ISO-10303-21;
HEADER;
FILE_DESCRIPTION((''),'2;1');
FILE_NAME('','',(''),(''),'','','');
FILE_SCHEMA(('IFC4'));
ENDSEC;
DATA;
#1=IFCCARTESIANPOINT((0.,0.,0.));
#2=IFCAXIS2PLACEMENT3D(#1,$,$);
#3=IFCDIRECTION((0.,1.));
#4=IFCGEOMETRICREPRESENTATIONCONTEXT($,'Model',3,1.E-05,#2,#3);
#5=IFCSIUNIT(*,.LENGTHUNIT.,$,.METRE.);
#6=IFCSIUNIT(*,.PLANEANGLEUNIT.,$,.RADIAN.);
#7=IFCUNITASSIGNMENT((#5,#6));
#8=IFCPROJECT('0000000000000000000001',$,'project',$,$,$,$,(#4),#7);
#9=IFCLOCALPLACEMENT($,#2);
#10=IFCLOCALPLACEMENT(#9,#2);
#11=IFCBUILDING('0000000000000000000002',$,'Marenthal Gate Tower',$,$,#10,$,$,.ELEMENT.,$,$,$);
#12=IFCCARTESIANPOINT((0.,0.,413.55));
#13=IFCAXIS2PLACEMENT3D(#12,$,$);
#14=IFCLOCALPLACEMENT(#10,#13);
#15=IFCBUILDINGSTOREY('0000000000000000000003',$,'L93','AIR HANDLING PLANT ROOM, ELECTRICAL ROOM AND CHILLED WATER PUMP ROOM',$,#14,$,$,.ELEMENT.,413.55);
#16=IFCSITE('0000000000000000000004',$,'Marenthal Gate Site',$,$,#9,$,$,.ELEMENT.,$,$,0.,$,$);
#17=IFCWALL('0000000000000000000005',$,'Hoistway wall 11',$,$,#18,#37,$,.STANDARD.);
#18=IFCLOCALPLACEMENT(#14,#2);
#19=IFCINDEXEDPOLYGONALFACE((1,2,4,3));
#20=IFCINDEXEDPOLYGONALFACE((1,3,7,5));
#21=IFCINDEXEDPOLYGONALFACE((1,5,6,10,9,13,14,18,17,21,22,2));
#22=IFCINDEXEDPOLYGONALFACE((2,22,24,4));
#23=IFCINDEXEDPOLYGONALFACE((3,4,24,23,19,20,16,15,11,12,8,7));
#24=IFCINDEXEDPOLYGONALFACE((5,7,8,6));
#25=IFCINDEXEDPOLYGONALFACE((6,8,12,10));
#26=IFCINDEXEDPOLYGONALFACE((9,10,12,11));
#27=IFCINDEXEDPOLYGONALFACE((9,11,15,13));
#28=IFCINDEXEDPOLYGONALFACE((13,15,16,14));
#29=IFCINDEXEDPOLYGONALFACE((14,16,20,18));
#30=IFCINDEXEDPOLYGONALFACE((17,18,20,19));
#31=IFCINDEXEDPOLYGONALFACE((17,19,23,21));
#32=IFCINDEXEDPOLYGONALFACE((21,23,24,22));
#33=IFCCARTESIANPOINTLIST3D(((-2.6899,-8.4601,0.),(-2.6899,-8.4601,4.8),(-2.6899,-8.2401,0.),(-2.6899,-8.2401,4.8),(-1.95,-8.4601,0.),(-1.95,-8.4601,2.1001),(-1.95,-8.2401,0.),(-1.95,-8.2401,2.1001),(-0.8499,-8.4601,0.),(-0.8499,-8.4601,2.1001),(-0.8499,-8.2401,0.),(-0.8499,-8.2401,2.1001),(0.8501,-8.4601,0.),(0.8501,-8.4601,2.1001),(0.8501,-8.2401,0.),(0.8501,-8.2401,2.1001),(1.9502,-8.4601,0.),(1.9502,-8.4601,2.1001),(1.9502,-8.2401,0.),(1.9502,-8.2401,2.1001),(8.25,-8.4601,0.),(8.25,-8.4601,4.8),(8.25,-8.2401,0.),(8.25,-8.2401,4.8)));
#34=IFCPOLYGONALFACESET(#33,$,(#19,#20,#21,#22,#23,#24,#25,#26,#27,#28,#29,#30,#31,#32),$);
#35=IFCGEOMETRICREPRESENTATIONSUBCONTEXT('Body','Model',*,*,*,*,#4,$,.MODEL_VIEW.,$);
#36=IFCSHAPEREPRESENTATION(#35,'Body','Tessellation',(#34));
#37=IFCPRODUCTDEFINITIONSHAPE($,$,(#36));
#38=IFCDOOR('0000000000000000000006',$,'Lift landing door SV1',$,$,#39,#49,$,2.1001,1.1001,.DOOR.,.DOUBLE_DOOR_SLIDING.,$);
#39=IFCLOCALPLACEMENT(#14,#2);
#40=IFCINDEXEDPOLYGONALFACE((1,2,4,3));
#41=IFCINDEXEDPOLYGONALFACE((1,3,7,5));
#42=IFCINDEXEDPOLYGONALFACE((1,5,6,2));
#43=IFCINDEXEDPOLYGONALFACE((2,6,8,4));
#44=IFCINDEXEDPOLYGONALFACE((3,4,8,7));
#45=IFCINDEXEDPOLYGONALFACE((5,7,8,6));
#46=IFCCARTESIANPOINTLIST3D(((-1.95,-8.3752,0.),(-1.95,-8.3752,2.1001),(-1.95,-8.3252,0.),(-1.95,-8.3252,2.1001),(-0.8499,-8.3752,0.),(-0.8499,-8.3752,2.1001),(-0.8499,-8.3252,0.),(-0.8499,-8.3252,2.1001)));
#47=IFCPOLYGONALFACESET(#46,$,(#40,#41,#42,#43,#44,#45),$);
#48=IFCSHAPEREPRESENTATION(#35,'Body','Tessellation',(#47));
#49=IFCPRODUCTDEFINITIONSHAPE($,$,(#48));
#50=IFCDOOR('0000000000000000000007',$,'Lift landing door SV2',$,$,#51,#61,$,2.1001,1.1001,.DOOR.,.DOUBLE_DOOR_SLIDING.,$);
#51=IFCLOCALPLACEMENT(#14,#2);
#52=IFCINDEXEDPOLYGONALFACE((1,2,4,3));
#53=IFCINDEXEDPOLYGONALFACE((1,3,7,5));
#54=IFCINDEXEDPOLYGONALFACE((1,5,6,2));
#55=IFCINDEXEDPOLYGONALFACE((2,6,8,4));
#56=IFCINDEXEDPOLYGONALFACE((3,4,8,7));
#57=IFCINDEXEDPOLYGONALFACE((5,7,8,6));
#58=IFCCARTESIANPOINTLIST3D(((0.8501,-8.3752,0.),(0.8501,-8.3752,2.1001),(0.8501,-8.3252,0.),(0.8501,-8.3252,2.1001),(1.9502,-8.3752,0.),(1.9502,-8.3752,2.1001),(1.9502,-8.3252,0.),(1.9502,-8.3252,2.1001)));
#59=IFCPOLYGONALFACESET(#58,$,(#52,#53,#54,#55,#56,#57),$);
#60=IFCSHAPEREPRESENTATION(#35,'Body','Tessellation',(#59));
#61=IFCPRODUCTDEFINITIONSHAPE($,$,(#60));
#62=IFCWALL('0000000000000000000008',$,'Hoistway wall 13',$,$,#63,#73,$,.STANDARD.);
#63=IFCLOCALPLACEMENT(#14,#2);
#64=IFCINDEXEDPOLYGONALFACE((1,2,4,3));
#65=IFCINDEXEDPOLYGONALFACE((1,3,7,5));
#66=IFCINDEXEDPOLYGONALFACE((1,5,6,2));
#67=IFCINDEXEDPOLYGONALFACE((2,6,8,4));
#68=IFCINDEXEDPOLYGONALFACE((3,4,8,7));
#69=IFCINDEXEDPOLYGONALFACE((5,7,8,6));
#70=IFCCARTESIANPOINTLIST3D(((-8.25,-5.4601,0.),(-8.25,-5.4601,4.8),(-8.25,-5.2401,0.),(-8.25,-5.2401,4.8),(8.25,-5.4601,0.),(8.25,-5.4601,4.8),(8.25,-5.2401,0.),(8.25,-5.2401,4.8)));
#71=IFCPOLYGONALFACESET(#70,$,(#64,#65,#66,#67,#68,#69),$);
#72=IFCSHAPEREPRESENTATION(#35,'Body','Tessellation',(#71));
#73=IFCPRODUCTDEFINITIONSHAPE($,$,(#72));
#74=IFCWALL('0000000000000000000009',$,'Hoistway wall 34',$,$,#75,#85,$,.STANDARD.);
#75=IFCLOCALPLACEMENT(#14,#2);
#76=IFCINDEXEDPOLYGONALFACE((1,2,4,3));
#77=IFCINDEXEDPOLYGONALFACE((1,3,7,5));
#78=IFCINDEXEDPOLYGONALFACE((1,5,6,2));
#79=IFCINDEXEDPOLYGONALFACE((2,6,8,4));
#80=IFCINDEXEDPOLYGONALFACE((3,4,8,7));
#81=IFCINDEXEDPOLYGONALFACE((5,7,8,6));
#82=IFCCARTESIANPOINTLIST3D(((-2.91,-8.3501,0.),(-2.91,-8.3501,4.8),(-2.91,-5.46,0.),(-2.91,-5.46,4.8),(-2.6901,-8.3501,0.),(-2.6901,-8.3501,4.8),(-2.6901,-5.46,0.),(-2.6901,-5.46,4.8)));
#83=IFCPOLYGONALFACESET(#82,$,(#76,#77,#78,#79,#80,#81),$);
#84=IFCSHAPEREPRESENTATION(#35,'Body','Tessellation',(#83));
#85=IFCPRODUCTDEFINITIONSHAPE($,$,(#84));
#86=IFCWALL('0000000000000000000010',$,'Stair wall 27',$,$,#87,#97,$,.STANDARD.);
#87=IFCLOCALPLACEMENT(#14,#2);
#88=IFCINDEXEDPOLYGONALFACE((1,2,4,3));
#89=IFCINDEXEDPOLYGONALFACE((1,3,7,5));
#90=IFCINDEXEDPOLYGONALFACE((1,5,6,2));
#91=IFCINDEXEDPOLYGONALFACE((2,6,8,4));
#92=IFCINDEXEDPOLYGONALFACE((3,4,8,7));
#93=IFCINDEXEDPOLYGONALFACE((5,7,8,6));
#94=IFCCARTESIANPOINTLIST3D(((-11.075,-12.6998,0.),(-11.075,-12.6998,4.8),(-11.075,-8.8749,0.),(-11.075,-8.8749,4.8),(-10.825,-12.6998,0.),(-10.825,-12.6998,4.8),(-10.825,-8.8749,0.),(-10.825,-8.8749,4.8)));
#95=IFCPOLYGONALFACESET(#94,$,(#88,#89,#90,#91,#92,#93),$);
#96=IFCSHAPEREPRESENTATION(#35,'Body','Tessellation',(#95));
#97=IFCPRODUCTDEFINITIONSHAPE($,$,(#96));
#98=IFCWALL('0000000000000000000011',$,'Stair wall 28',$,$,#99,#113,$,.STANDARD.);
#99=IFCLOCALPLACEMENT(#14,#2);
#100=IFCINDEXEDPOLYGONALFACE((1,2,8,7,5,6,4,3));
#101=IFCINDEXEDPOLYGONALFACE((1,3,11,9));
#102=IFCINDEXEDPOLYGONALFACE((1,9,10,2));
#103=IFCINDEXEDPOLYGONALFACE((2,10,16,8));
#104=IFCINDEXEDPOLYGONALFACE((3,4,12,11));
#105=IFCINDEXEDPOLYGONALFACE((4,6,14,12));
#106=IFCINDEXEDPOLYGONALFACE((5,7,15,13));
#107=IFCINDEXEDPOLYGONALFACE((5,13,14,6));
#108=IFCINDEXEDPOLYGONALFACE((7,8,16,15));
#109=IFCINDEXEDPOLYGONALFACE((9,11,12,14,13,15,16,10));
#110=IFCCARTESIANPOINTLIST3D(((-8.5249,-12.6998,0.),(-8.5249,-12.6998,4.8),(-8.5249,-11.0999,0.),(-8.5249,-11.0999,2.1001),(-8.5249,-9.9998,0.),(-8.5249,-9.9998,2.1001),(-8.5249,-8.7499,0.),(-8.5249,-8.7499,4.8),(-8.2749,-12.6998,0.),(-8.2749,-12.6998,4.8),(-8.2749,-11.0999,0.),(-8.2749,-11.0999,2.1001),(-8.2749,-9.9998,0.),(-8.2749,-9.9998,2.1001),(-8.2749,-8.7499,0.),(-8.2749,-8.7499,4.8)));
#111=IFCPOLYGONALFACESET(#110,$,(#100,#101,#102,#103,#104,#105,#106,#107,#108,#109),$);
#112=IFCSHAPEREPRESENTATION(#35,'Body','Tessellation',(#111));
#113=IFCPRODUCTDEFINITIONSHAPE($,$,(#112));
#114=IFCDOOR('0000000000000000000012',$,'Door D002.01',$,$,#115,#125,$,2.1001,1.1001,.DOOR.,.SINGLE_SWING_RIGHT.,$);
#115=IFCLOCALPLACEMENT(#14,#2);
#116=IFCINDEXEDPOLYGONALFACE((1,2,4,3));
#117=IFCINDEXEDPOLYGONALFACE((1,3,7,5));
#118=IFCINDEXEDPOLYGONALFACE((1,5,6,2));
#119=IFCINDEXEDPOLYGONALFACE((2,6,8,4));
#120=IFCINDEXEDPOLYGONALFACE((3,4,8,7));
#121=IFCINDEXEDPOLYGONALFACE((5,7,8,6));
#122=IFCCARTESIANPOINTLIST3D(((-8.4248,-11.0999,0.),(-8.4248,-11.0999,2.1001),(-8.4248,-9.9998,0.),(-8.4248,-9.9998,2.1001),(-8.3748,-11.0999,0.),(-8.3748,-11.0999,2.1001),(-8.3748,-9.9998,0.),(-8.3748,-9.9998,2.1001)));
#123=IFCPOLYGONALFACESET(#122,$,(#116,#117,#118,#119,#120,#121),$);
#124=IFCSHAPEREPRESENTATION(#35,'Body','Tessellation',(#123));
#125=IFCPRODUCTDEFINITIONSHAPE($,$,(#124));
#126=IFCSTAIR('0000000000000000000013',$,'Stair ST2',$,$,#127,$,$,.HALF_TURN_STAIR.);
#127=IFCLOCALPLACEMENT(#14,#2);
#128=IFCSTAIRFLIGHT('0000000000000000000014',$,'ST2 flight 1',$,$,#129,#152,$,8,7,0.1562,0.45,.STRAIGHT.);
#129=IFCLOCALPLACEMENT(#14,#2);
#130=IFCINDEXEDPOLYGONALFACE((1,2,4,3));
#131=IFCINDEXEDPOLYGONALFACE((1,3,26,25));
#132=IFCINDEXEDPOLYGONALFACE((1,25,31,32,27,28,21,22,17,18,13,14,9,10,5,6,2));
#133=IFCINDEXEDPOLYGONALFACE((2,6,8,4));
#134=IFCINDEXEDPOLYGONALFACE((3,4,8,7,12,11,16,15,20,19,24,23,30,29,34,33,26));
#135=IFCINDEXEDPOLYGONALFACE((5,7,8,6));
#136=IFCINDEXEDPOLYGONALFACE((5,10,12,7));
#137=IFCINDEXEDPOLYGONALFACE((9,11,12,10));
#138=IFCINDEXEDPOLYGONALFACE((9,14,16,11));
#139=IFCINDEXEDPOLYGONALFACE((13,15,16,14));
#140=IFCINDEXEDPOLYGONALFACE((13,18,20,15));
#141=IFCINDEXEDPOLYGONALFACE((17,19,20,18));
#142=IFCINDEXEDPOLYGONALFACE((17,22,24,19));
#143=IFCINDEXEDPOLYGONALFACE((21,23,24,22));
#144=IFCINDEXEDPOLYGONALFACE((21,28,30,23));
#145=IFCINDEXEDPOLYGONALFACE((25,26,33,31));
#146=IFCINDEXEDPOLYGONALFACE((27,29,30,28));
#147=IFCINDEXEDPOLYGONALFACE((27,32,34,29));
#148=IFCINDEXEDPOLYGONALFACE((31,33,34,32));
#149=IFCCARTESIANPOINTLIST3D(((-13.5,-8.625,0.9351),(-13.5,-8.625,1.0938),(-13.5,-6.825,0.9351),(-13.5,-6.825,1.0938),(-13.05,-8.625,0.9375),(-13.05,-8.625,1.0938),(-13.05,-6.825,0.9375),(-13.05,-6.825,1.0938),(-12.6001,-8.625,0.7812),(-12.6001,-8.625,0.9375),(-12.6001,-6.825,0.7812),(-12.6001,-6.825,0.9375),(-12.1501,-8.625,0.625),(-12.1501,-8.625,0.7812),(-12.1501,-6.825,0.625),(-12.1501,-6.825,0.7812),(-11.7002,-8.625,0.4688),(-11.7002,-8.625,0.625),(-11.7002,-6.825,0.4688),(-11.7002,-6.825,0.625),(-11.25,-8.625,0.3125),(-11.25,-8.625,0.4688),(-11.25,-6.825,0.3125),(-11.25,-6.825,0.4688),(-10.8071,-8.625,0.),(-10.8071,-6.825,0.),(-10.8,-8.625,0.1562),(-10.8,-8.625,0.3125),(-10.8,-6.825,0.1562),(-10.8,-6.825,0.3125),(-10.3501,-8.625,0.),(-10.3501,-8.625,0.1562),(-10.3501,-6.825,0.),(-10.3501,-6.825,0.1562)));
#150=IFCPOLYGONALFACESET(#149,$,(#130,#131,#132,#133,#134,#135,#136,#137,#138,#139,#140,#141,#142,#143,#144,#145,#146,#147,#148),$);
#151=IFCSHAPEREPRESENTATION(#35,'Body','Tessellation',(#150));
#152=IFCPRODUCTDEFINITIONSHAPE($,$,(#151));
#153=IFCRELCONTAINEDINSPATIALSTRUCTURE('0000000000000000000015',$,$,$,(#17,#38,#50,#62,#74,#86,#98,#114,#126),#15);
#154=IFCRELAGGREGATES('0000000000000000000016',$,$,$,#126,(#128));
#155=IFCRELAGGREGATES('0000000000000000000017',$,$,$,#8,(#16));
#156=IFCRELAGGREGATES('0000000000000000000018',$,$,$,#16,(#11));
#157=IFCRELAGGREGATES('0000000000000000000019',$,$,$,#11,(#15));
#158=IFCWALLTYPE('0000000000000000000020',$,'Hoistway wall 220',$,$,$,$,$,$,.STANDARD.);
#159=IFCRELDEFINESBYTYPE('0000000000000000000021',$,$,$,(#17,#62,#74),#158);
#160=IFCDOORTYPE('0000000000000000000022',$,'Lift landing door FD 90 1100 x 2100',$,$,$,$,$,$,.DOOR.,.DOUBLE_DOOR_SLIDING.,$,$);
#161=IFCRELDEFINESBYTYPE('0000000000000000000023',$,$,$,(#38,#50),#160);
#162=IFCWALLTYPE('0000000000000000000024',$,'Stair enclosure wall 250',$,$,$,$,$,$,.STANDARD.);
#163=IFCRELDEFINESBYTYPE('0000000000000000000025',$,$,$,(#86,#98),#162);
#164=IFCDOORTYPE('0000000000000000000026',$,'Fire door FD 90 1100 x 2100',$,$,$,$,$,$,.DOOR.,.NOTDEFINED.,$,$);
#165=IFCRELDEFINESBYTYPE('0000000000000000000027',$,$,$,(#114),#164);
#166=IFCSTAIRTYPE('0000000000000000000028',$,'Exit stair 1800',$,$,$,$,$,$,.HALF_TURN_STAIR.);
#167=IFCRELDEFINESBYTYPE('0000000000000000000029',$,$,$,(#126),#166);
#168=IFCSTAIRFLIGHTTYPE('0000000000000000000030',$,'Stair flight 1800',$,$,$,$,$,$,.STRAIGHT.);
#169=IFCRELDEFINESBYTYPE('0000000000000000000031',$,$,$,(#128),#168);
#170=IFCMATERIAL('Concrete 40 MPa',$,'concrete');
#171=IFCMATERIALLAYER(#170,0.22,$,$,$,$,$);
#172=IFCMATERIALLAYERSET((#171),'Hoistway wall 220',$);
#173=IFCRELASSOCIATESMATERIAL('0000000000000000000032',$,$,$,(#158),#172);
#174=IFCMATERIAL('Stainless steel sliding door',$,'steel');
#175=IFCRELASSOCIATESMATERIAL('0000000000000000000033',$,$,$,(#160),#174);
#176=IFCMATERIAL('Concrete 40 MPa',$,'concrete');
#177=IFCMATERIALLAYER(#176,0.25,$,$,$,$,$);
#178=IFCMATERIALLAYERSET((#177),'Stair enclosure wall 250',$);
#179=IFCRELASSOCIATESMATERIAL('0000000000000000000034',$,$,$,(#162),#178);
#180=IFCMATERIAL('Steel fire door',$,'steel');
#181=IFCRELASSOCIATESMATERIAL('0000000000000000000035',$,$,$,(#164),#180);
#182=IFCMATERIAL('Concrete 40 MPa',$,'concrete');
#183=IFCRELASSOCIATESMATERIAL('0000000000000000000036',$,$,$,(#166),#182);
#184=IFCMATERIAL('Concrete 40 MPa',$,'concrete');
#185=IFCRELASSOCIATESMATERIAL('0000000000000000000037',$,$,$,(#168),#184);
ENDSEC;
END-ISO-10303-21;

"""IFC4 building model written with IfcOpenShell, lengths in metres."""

from ifc_helpers import new_model, si_unit, direction, frame, frame_2d, origin, place, context, subcontext, project, spatial, polyline, rectangle, outline, extrude, material, layer, layer_set, type_object, element, fill, aggregate, save


model = new_model("IFC4")

# Units and contexts
model_context = context("Model", 3, precision=1e-05, world=origin(), true_north=direction((0.0, 1.0)))
body_context = subcontext(model_context, "Body", "Model", "MODEL_VIEW")
ifc_project = project(units=[si_unit("LENGTHUNIT", "METRE"), si_unit("PLANEANGLEUNIT", "RADIAN")], contexts=[model_context])

# Site, building, storey
site_placement = place(None, origin())
site = spatial("IfcSite", under=ifc_project, at=site_placement, Name="Marenthal Gate Site", CompositionType="ELEMENT", RefElevation=0.0)
building_placement = place(site_placement, origin())
building = spatial("IfcBuilding", under=site, at=building_placement, Name="Marenthal Gate Tower", CompositionType="ELEMENT")
storey_placement = place(building_placement, frame((0.0, 0.0, 413.55)))
storey = spatial("IfcBuildingStorey", under=building, at=storey_placement, Name="L93", Description="AIR HANDLING PLANT ROOM, ELECTRICAL ROOM AND CHILLED WATER PUMP ROOM", CompositionType="ELEMENT", Elevation=413.55)

# Wall, openings, doors
ifc_material_1 = material(Name="Concrete 40 MPa", Category="concrete")
ifc_layer_1 = layer(ifc_material_1, 0.22)
ifc_layer_set_1 = layer_set([ifc_layer_1], Name="Hoistway wall 220")
wall_type_1 = type_object("IfcWallType", Name="Hoistway wall 220", PredefinedType="STANDARD", material=ifc_layer_set_1)
ifc_material_2 = material(Name="Stainless steel sliding door", Category="steel")
door_type_1 = type_object("IfcDoorType", Name="Lift landing door FD 90 1100 x 2100", OperationType="DOUBLE_DOOR_SLIDING", PredefinedType="DOOR", material=ifc_material_2)
wall_1_placement = place(storey_placement, frame((-2.6899, -8.3501, 0.0), z_axis=(0.0, 0.0, 1.0), x_axis=(1.0, 0.0, 0.0)))
wall_1 = element("IfcWall", 1, at=wall_1_placement, inside=storey, type_object=wall_type_1, Name="Hoistway wall 11", PredefinedType="STANDARD", context=body_context, shape_type="SweptSolid", body=[
    extrude(rectangle(XDim=10.9399, YDim=0.22, at=frame_2d((5.47, 0.0))), origin(), (0.0, 0.0, 1.0), 4.8),
])
opening_1_placement = place(wall_1_placement, frame((0.74, 0.0, 0.0)))
opening_1 = element("IfcOpeningElement", 2, at=opening_1_placement, cuts=wall_1, PredefinedType="OPENING", context=body_context, shape_type="SweptSolid", body=[
    extrude(rectangle(XDim=1.1001, YDim=2.1001, at=frame_2d((0.55, 1.05))), frame((0.0, 0.1201, 0.0), z_axis=(0.0, -1.0, 0.0), x_axis=(1.0, 0.0, 0.0)), (0.0, 0.0, 1.0), 0.24),
])
opening_2_placement = place(wall_1_placement, frame((3.54, 0.0, 0.0)))
opening_2 = element("IfcOpeningElement", 3, at=opening_2_placement, cuts=wall_1, PredefinedType="OPENING", context=body_context, shape_type="SweptSolid", body=[
    extrude(rectangle(XDim=1.1001, YDim=2.1001, at=frame_2d((0.55, 1.05))), frame((0.0, 0.1201, 0.0), z_axis=(0.0, -1.0, 0.0), x_axis=(1.0, 0.0, 0.0)), (0.0, 0.0, 1.0), 0.24),
])
door_1_placement = place(opening_1_placement, origin())
door_1 = element("IfcDoor", 4, at=door_1_placement, inside=storey, type_object=door_type_1, Name="Lift landing door SV1", OperationType="DOUBLE_DOOR_SLIDING", OverallHeight=2.1001, OverallWidth=1.1001, PredefinedType="DOOR", context=body_context, shape_type="SweptSolid", body=[
    extrude(rectangle(XDim=1.1001, YDim=2.1001, at=frame_2d((0.55, 1.05))), frame((0.0, 0.0249, 0.0), z_axis=(0.0, -1.0, 0.0), x_axis=(1.0, 0.0, 0.0)), (0.0, 0.0, 1.0), 0.05),
])
fill(opening_1, door_1)
door_2_placement = place(opening_2_placement, origin())
door_2 = element("IfcDoor", 5, at=door_2_placement, inside=storey, type_object=door_type_1, Name="Lift landing door SV2", OperationType="DOUBLE_DOOR_SLIDING", OverallHeight=2.1001, OverallWidth=1.1001, PredefinedType="DOOR", context=body_context, shape_type="SweptSolid", body=[
    extrude(rectangle(XDim=1.1001, YDim=2.1001, at=frame_2d((0.55, 1.05))), frame((0.0, 0.0249, 0.0), z_axis=(0.0, -1.0, 0.0), x_axis=(1.0, 0.0, 0.0)), (0.0, 0.0, 1.0), 0.05),
])
fill(opening_2, door_2)

# Walls
wall_2_placement = place(storey_placement, frame((-8.25, -5.3501, 0.0), z_axis=(0.0, 0.0, 1.0), x_axis=(1.0, 0.0, 0.0)))
element("IfcWall", 6, at=wall_2_placement, inside=storey, type_object=wall_type_1, Name="Hoistway wall 13", PredefinedType="STANDARD", context=body_context, shape_type="SweptSolid", body=[
    extrude(rectangle(XDim=16.5, YDim=0.22, at=frame_2d((8.25, 0.0))), origin(), (0.0, 0.0, 1.0), 4.8),
])
wall_3_placement = place(storey_placement, frame((-2.8, -8.3501, 0.0), z_axis=(0.0, 0.0, 1.0), x_axis=(0.0, 1.0, 0.0)))
element("IfcWall", 7, at=wall_3_placement, inside=storey, type_object=wall_type_1, Name="Hoistway wall 34", PredefinedType="STANDARD", context=body_context, shape_type="SweptSolid", body=[
    extrude(rectangle(XDim=2.8901, YDim=0.22, at=frame_2d((1.4451, 0.0))), origin(), (0.0, 0.0, 1.0), 4.8),
])
ifc_material_3 = material(Name="Concrete 40 MPa", Category="concrete")
ifc_layer_2 = layer(ifc_material_3, 0.25)
ifc_layer_set_2 = layer_set([ifc_layer_2], Name="Stair enclosure wall 250")
wall_type_2 = type_object("IfcWallType", Name="Stair enclosure wall 250", PredefinedType="STANDARD", material=ifc_layer_set_2)
wall_4_placement = place(storey_placement, frame((-10.95, -12.7, 0.0), z_axis=(0.0, 0.0, 1.0), x_axis=(0.0, 1.0, 0.0)))
element("IfcWall", 8, at=wall_4_placement, inside=storey, type_object=wall_type_2, Name="Stair wall 27", PredefinedType="STANDARD", context=body_context, shape_type="SweptSolid", body=[
    extrude(rectangle(XDim=3.825, YDim=0.25, at=frame_2d((1.9126, 0.0))), origin(), (0.0, 0.0, 1.0), 4.8),
])

# Wall, opening, door
wall_5_placement = place(storey_placement, frame((-8.3999, -12.7, 0.0), z_axis=(0.0, 0.0, 1.0), x_axis=(0.0, 1.0, 0.0)))
wall_5 = element("IfcWall", 9, at=wall_5_placement, inside=storey, type_object=wall_type_2, Name="Stair wall 28", PredefinedType="STANDARD", context=body_context, shape_type="SweptSolid", body=[
    extrude(rectangle(XDim=3.95, YDim=0.25, at=frame_2d((1.9751, 0.0))), origin(), (0.0, 0.0, 1.0), 4.8),
])
opening_3_placement = place(wall_5_placement, frame((1.6001, 0.0, 0.0)))
opening_3 = element("IfcOpeningElement", 10, at=opening_3_placement, cuts=wall_5, PredefinedType="OPENING", context=body_context, shape_type="SweptSolid", body=[
    extrude(rectangle(XDim=1.1001, YDim=2.1001, at=frame_2d((0.55, 1.05))), frame((0.0, 0.135, 0.0), z_axis=(0.0, -1.0, 0.0), x_axis=(1.0, 0.0, 0.0)), (0.0, 0.0, 1.0), 0.27),
])
ifc_material_4 = material(Name="Steel fire door", Category="steel")
door_type_2 = type_object("IfcDoorType", Name="Fire door FD 90 1100 x 2100", OperationType="NOTDEFINED", PredefinedType="DOOR", material=ifc_material_4)
door_3_placement = place(opening_3_placement, origin())
door_3 = element("IfcDoor", 11, at=door_3_placement, inside=storey, type_object=door_type_2, Name="Door D002.01", OperationType="SINGLE_SWING_RIGHT", OverallHeight=2.1001, OverallWidth=1.1001, PredefinedType="DOOR", context=body_context, shape_type="SweptSolid", body=[
    extrude(rectangle(XDim=1.1001, YDim=2.1001, at=frame_2d((0.55, 1.05))), frame((0.0, 0.0249, 0.0), z_axis=(0.0, -1.0, 0.0), x_axis=(1.0, 0.0, 0.0)), (0.0, 0.0, 1.0), 0.05),
])
fill(opening_3, door_3)

# Stair, stair flight
ifc_material_5 = material(Name="Concrete 40 MPa", Category="concrete")
stair_type = type_object("IfcStairType", Name="Exit stair 1800", PredefinedType="HALF_TURN_STAIR", material=ifc_material_5)
stair_placement = place(storey_placement, origin())
stair = element("IfcStair", 12, at=stair_placement, inside=storey, type_object=stair_type, Name="Stair ST2", PredefinedType="HALF_TURN_STAIR")
ifc_material_6 = material(Name="Concrete 40 MPa", Category="concrete")
stair_flight_type = type_object("IfcStairFlightType", Name="Stair flight 1800", PredefinedType="STRAIGHT", material=ifc_material_6)
stair_flight_1_placement = place(storey_placement, frame((-10.3501, -7.7251, 0.0), z_axis=(0.0, 0.0, 1.0), x_axis=(-1.0, 0.0, 0.0)))
stair_flight_1 = element("IfcStairFlight", 13, at=stair_flight_1_placement, type_object=stair_flight_type, Name="ST2 flight 1", NumberOfRisers=8, NumberOfTreads=7, PredefinedType="STRAIGHT", RiserHeight=0.1562, TreadLength=0.45, context=body_context, shape_type="SweptSolid", body=[
    extrude(outline(polyline([(0.0, 0.0), (0.0, 0.1562), (0.45, 0.1562), (0.45, 0.3125), (0.8999, 0.3125), (0.8999, 0.4688), (1.3501, 0.4688), (1.3501, 0.625), (1.8, 0.625), (1.8, 0.7812), (2.25, 0.7812), (2.25, 0.9375), (2.7, 0.9375), (2.7, 1.0938), (3.1499, 1.0938), (3.1499, 1.25), (3.1499, 0.9351), (0.457, 0.0), (0.0, 0.0)])), frame((0.0, 0.8999, 0.0), z_axis=(0.0, -1.0, 0.0), x_axis=(1.0, 0.0, 0.0)), (0.0, 0.0, 1.0), 1.8),
])
aggregate(stair, [stair_flight_1])

save(model, "model.ifc")
